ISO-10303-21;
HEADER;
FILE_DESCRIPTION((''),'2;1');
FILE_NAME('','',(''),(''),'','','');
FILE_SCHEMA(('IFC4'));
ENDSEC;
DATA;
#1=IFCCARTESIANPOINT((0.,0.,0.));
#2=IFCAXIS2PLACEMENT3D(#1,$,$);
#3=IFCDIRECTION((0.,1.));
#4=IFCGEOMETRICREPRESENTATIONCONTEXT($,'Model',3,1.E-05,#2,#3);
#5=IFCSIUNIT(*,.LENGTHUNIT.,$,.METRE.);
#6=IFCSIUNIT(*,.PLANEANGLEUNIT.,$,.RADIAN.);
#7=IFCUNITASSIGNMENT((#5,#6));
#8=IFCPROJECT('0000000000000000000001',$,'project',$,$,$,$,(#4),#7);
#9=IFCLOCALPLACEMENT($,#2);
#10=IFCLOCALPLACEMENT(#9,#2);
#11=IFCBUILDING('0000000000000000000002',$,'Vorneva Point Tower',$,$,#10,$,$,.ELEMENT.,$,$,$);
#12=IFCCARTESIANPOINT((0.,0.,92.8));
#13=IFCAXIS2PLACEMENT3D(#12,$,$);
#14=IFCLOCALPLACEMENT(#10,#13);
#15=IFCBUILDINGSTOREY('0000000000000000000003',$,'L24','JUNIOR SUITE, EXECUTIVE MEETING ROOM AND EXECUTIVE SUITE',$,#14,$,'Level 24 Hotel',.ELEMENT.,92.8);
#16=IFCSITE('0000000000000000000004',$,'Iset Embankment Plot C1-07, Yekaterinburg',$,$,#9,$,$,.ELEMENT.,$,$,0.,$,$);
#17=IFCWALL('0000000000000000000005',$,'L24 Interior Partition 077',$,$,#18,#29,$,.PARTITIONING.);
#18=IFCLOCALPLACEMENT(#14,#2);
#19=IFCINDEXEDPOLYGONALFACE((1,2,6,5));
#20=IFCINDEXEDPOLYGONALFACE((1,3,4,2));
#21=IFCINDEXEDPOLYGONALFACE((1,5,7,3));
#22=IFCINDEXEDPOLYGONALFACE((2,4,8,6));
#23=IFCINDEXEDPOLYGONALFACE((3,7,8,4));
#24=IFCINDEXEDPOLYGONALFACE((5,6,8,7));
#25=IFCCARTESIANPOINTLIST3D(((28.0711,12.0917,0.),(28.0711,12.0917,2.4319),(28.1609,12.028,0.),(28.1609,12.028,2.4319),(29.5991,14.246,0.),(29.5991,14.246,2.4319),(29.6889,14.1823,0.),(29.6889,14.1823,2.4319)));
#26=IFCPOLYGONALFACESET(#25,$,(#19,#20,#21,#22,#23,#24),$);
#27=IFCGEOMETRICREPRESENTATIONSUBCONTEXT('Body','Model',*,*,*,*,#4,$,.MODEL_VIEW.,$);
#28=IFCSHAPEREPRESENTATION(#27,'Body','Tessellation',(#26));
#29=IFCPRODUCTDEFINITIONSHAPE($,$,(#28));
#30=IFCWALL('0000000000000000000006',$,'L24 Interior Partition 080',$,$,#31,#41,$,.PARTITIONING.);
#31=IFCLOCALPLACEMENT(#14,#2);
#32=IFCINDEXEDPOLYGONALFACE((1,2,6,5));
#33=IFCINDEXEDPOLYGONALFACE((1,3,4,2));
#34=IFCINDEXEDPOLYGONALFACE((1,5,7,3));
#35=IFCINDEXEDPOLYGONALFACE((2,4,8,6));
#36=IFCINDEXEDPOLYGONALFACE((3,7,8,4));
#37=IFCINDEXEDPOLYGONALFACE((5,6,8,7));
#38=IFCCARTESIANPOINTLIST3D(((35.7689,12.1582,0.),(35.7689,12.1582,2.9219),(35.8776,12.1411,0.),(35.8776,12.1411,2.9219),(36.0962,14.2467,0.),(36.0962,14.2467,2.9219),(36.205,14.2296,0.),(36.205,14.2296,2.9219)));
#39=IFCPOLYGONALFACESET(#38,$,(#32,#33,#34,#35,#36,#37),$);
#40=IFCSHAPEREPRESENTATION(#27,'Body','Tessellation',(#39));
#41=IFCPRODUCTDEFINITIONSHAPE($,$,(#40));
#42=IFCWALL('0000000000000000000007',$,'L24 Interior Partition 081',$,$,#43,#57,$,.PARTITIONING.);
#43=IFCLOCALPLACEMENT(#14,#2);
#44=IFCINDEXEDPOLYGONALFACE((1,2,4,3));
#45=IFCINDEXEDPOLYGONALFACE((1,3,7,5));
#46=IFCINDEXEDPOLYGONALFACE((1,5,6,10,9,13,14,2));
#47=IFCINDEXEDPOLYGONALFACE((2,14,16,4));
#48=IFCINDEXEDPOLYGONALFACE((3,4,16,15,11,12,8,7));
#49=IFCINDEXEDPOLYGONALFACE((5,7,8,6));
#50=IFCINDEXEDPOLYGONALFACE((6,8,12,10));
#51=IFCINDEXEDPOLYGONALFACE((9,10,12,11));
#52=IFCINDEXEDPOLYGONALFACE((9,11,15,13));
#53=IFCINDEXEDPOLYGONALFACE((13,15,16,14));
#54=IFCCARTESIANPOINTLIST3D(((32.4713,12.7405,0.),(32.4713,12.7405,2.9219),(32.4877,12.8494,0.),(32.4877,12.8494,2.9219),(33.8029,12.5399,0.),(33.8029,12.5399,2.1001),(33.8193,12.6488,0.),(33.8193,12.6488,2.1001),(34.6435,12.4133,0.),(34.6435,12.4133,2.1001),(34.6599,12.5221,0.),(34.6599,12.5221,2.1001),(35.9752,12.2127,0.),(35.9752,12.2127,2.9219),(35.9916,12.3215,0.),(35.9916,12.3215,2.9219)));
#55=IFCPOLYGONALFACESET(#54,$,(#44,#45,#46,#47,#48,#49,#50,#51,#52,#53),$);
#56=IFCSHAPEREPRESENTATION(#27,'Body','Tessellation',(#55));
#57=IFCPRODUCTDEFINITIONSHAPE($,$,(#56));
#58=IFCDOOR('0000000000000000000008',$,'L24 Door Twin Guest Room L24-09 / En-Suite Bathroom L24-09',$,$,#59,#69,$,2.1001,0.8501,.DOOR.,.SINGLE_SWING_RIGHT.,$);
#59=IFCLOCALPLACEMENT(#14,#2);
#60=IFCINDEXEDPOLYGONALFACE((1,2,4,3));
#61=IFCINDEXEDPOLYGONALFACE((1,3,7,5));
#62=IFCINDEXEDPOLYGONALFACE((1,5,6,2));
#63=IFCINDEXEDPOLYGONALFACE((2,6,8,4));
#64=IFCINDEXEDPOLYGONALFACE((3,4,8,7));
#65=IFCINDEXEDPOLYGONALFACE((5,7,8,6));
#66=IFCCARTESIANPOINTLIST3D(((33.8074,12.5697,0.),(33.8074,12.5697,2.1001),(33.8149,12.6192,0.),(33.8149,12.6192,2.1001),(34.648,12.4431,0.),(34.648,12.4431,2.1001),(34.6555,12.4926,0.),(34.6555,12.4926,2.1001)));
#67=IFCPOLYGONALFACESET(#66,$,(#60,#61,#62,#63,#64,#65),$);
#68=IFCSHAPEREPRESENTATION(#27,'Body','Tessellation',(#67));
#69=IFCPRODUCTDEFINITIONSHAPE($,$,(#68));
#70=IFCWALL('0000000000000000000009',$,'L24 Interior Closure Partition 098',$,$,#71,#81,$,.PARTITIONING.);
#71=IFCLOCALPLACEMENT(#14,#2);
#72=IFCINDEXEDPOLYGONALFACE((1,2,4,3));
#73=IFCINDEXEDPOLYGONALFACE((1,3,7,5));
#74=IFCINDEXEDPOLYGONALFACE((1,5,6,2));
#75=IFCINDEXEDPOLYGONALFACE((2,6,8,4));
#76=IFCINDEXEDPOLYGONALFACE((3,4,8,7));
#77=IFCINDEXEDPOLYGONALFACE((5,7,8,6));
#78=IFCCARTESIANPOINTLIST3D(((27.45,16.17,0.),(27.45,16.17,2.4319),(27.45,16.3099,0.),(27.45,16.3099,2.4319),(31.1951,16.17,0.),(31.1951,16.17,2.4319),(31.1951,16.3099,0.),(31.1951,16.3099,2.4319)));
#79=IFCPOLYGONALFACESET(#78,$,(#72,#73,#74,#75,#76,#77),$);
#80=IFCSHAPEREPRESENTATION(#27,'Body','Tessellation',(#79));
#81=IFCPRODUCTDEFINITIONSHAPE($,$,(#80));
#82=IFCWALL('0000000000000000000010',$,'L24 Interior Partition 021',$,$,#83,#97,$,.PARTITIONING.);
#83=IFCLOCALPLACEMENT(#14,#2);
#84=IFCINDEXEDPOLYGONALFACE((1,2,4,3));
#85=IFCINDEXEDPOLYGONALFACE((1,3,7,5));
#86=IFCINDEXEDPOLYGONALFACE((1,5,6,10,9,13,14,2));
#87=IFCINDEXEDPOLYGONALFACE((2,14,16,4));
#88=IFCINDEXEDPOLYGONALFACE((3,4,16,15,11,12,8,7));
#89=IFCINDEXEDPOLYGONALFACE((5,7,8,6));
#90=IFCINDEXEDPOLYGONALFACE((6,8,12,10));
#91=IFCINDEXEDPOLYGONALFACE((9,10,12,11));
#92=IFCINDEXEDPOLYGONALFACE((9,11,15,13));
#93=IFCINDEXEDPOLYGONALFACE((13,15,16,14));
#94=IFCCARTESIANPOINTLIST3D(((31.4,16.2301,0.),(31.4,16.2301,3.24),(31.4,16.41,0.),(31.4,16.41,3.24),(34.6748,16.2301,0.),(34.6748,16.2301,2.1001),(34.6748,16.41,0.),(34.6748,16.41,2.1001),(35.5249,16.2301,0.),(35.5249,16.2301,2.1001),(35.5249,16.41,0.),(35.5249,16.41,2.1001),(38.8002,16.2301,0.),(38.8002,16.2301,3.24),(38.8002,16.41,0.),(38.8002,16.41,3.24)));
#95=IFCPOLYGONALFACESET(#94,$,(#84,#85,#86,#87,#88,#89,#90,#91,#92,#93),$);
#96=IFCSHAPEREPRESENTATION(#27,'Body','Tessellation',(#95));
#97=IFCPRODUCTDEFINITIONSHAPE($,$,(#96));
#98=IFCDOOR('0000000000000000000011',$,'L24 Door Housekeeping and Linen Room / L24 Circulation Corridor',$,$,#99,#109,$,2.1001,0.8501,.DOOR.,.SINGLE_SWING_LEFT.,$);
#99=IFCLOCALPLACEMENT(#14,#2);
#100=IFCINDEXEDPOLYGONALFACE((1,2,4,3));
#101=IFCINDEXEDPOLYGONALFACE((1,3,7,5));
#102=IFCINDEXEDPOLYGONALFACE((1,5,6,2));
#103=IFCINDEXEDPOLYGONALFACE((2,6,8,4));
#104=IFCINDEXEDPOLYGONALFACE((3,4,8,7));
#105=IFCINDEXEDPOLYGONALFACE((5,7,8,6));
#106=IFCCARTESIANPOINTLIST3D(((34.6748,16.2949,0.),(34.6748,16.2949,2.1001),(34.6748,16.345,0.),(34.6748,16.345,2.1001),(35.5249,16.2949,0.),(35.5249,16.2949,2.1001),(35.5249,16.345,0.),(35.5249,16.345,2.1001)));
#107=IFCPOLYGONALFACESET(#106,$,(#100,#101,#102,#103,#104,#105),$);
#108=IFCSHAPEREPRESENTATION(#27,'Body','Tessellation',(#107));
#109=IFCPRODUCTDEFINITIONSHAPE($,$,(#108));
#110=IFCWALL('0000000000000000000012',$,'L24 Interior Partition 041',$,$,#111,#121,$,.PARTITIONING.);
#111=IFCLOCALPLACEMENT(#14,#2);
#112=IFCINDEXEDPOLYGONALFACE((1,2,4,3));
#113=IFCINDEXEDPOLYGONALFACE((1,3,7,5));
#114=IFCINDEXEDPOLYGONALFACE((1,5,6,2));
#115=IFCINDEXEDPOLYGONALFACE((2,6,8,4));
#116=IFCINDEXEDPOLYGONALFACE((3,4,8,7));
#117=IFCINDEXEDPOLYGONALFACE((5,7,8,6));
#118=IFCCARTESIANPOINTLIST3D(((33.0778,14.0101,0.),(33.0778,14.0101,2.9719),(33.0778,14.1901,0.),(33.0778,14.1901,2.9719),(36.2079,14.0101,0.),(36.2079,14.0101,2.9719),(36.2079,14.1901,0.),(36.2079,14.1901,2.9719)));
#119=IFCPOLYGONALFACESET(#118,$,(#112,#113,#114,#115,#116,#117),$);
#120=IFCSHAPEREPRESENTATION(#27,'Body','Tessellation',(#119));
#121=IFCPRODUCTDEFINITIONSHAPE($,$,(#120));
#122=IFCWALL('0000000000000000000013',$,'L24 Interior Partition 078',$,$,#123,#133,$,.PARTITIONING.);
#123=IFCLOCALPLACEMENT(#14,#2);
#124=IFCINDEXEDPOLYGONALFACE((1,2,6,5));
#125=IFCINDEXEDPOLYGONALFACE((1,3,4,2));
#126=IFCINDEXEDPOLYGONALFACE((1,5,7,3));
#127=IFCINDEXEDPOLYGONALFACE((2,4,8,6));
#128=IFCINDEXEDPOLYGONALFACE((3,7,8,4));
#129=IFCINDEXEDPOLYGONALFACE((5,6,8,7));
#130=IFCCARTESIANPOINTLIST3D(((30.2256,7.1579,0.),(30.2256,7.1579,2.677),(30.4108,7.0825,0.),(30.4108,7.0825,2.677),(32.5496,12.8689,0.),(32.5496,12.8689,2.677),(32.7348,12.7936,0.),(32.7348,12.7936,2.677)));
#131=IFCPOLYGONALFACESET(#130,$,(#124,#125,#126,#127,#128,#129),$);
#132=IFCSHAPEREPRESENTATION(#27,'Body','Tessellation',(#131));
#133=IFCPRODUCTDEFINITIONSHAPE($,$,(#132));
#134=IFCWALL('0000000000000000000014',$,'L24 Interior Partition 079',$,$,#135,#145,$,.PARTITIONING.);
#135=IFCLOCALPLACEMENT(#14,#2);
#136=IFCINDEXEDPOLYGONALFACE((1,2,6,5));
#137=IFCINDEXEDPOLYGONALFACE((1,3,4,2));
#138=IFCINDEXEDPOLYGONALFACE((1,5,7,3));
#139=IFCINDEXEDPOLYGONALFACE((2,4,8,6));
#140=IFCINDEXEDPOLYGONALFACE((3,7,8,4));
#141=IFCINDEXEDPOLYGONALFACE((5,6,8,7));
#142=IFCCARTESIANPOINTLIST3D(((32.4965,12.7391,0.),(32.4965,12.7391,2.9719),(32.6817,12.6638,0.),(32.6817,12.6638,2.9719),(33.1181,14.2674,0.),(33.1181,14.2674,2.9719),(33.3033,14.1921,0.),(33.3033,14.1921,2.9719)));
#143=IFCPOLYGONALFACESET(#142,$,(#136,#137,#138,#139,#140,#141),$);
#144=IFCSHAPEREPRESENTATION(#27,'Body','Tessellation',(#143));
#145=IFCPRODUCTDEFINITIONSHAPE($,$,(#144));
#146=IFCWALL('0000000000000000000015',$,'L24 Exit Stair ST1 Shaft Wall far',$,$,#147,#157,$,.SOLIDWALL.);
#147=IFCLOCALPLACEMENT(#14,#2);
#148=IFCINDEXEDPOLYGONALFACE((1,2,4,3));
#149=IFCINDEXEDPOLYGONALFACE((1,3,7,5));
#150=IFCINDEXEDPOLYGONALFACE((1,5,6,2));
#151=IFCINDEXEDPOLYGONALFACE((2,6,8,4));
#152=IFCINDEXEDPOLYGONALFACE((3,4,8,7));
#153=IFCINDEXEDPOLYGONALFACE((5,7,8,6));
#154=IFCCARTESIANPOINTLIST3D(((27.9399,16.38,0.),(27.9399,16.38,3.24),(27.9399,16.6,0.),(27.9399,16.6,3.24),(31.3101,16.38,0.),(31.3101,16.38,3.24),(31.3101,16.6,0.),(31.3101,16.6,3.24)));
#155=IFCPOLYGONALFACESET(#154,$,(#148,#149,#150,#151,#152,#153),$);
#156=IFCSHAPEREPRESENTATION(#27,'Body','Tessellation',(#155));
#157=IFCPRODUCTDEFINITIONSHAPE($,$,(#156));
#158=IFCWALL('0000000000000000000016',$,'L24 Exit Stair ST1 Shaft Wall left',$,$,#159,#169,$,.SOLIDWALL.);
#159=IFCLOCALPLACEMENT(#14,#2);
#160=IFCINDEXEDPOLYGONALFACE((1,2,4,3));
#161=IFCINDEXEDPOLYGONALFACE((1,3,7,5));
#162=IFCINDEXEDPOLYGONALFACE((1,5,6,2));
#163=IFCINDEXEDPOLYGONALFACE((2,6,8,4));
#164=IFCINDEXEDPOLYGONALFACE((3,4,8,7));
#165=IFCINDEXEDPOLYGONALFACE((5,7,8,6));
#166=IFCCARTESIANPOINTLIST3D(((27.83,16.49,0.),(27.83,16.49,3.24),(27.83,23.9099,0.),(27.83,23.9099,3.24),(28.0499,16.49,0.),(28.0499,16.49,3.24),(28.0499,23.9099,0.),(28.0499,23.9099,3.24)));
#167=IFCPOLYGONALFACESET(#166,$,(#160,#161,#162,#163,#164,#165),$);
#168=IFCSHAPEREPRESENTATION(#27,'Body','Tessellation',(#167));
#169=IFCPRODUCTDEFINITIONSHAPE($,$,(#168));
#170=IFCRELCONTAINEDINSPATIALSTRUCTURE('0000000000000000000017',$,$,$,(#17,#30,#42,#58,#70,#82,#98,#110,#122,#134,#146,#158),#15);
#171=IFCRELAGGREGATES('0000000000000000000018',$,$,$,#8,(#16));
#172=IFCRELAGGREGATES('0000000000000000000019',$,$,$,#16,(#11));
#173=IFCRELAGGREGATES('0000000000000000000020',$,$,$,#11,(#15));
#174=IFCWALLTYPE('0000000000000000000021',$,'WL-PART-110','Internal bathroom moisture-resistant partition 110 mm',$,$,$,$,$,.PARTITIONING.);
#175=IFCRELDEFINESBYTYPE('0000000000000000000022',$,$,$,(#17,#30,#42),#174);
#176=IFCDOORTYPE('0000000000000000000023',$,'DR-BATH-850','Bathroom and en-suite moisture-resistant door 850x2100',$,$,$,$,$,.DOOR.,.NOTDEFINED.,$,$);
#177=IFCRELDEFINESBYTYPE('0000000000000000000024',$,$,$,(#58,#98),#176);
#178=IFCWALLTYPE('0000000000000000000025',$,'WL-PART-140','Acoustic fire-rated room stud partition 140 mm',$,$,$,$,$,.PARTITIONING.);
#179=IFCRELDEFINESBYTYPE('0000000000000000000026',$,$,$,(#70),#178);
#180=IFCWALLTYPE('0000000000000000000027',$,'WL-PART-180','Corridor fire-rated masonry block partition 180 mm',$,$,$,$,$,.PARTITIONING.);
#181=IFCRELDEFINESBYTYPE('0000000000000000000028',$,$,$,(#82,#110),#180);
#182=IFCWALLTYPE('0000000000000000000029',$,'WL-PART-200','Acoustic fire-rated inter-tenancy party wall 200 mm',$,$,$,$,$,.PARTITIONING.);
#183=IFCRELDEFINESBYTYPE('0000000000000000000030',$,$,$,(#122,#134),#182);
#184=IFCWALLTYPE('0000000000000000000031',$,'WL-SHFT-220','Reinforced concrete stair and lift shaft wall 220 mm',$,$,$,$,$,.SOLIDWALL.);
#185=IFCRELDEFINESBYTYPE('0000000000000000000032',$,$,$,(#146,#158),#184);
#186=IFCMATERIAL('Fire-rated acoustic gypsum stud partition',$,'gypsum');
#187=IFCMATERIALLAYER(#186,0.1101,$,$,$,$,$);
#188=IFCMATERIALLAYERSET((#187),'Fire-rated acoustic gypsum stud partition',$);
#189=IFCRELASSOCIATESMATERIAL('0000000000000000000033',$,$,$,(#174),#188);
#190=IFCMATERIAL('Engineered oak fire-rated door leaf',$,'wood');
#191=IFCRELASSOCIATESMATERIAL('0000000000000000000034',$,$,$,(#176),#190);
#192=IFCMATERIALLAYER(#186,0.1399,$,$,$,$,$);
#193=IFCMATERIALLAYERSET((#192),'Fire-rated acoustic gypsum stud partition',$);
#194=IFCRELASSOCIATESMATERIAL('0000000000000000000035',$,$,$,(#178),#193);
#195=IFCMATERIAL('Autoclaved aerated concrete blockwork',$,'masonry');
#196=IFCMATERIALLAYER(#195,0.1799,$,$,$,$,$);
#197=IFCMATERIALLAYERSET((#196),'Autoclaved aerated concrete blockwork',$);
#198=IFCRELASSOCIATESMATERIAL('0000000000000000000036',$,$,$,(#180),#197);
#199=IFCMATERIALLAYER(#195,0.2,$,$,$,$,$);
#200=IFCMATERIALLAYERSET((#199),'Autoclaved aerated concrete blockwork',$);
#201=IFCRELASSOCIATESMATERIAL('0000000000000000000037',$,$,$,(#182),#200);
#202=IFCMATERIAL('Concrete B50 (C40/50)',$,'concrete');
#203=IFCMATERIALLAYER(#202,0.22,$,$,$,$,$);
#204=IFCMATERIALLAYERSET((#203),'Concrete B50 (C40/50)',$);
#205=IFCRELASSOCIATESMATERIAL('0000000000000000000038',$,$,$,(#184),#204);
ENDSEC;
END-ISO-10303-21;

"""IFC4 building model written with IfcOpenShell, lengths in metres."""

from ifc_helpers import new_model, si_unit, direction, frame, frame_2d, origin, place, context, subcontext, project, spatial, rectangle, extrude, material, layer, layer_set, type_object, element, fill, save


model = new_model("IFC4")

# Units and contexts
model_context = context("Model", 3, precision=1e-05, world=origin(), true_north=direction((0.0, 1.0)))
body_context = subcontext(model_context, "Body", "Model", "MODEL_VIEW")
ifc_project = project(units=[si_unit("LENGTHUNIT", "METRE"), si_unit("PLANEANGLEUNIT", "RADIAN")], contexts=[model_context])

# Site, building, storey
site_placement = place(None, origin())
site = spatial("IfcSite", under=ifc_project, at=site_placement, Name="Iset Embankment Plot C1-07, Yekaterinburg", CompositionType="ELEMENT", RefElevation=0.0)
building_placement = place(site_placement, origin())
building = spatial("IfcBuilding", under=site, at=building_placement, Name="Vorneva Point Tower", CompositionType="ELEMENT")
storey_placement = place(building_placement, frame((0.0, 0.0, 92.8)))
storey = spatial("IfcBuildingStorey", under=building, at=storey_placement, Name="L24", Description="JUNIOR SUITE, EXECUTIVE MEETING ROOM AND EXECUTIVE SUITE", LongName="Level 24 Hotel", CompositionType="ELEMENT", Elevation=92.8)

# Walls
ifc_material_1 = material(Name="Fire-rated acoustic gypsum stud partition", Category="gypsum")
ifc_layer_1 = layer(ifc_material_1, 0.1101)
ifc_layer_set_1 = layer_set([ifc_layer_1], Name="Fire-rated acoustic gypsum stud partition")
wall_type_1 = type_object("IfcWallType", Name="WL-PART-110", Description="Internal bathroom moisture-resistant partition 110 mm", PredefinedType="PARTITIONING", material=ifc_layer_set_1)
wall_1_placement = place(storey_placement, frame((29.644, 14.2141, 0.0), z_axis=(0.0, 0.0, 1.0), x_axis=(-0.578551, -0.815646, 0.0)))
element("IfcWall", 1, at=wall_1_placement, inside=storey, type_object=wall_type_1, Name="L24 Interior Partition 077", PredefinedType="PARTITIONING", context=body_context, shape_type="SweptSolid", body=[
    extrude(rectangle(XDim=2.6411, YDim=0.1101, at=frame_2d((1.3206, 0.0))), origin(), (0.0, 0.0, 1.0), 2.4319),
])
wall_2_placement = place(storey_placement, frame((36.1506, 14.2383, 0.0), z_axis=(0.0, 0.0, 1.0), x_axis=(-0.154859, -0.987937, 0.0)))
element("IfcWall", 2, at=wall_2_placement, inside=storey, type_object=wall_type_1, Name="L24 Interior Partition 080", PredefinedType="PARTITIONING", context=body_context, shape_type="SweptSolid", body=[
    extrude(rectangle(XDim=2.114, YDim=0.1101, at=frame_2d((1.0571, 0.0))), origin(), (0.0, 0.0, 1.0), 2.9219),
])

# Wall, opening, door
wall_3_placement = place(storey_placement, frame((35.9834, 12.2671, 0.0), z_axis=(0.0, 0.0, 1.0), x_axis=(-0.988843, 0.14896, 0.0)))
wall_3 = element("IfcWall", 3, at=wall_3_placement, inside=storey, type_object=wall_type_1, Name="L24 Interior Partition 081", PredefinedType="PARTITIONING", context=body_context, shape_type="SweptSolid", body=[
    extrude(rectangle(XDim=3.5435, YDim=0.1101, at=frame_2d((1.7717, 0.0))), origin(), (0.0, 0.0, 1.0), 2.9219),
])
opening_1_placement = place(wall_3_placement, frame((1.3467, 0.0, 0.0)))
opening_1 = element("IfcOpeningElement", 4, at=opening_1_placement, cuts=wall_3, PredefinedType="OPENING", context=body_context, shape_type="SweptSolid", body=[
    extrude(rectangle(XDim=0.8501, YDim=2.1001, at=frame_2d((0.425, 1.05))), frame((0.0, 0.0698, 0.0), z_axis=(0.0, -1.0, 0.0), x_axis=(1.0, 0.0, 0.0)), (0.0, 0.0, 1.0), 0.1399),
])
ifc_material_2 = material(Name="Engineered oak fire-rated door leaf", Category="wood")
door_type_1 = type_object("IfcDoorType", Name="DR-BATH-850", Description="Bathroom and en-suite moisture-resistant door 850x2100", OperationType="NOTDEFINED", PredefinedType="DOOR", material=ifc_material_2)
door_1_placement = place(opening_1_placement, origin())
door_1 = element("IfcDoor", 5, at=door_1_placement, inside=storey, type_object=door_type_1, Name="L24 Door Twin Guest Room L24-09 / En-Suite Bathroom L24-09", OperationType="SINGLE_SWING_RIGHT", OverallHeight=2.1001, OverallWidth=0.8501, PredefinedType="DOOR", context=body_context, shape_type="SweptSolid", body=[
    extrude(rectangle(XDim=0.8501, YDim=2.1001, at=frame_2d((0.425, 1.05))), frame((0.0, 0.0249, 0.0), z_axis=(0.0, -1.0, 0.0), x_axis=(1.0, 0.0, 0.0)), (0.0, 0.0, 1.0), 0.05),
])
fill(opening_1, door_1)

# Wall
ifc_layer_2 = layer(ifc_material_1, 0.1399)
ifc_layer_set_2 = layer_set([ifc_layer_2], Name="Fire-rated acoustic gypsum stud partition")
wall_type_2 = type_object("IfcWallType", Name="WL-PART-140", Description="Acoustic fire-rated room stud partition 140 mm", PredefinedType="PARTITIONING", material=ifc_layer_set_2)
wall_4_placement = place(storey_placement, frame((31.1951, 16.24, 0.0), z_axis=(0.0, 0.0, 1.0), x_axis=(-1.0, 0.0, 0.0)))
element("IfcWall", 6, at=wall_4_placement, inside=storey, type_object=wall_type_2, Name="L24 Interior Closure Partition 098", PredefinedType="PARTITIONING", context=body_context, shape_type="SweptSolid", body=[
    extrude(rectangle(XDim=3.7451, YDim=0.1399, at=frame_2d((1.8726, 0.0))), origin(), (0.0, 0.0, 1.0), 2.4319),
])

# Wall, opening, door
ifc_material_3 = material(Name="Autoclaved aerated concrete blockwork", Category="masonry")
ifc_layer_3 = layer(ifc_material_3, 0.1799)
ifc_layer_set_3 = layer_set([ifc_layer_3], Name="Autoclaved aerated concrete blockwork")
wall_type_3 = type_object("IfcWallType", Name="WL-PART-180", Description="Corridor fire-rated masonry block partition 180 mm", PredefinedType="PARTITIONING", material=ifc_layer_set_3)
wall_5_placement = place(storey_placement, frame((31.3999, 16.3201, 0.0), z_axis=(0.0, 0.0, 1.0), x_axis=(1.0, 0.0, 0.0)))
wall_5 = element("IfcWall", 7, at=wall_5_placement, inside=storey, type_object=wall_type_3, Name="L24 Interior Partition 021", PredefinedType="PARTITIONING", context=body_context, shape_type="SweptSolid", body=[
    extrude(rectangle(XDim=7.4001, YDim=0.1799, at=frame_2d((3.7002, 0.0))), origin(), (0.0, 0.0, 1.0), 3.24),
])
opening_2_placement = place(wall_5_placement, frame((3.2749, 0.0, 0.0)))
opening_2 = element("IfcOpeningElement", 8, at=opening_2_placement, cuts=wall_5, PredefinedType="OPENING", context=body_context, shape_type="SweptSolid", body=[
    extrude(rectangle(XDim=0.8501, YDim=2.1001, at=frame_2d((0.425, 1.05))), frame((0.0, 0.105, 0.0), z_axis=(0.0, -1.0, 0.0), x_axis=(1.0, 0.0, 0.0)), (0.0, 0.0, 1.0), 0.2097),
])
door_2_placement = place(opening_2_placement, origin())
door_2 = element("IfcDoor", 9, at=door_2_placement, inside=storey, type_object=door_type_1, Name="L24 Door Housekeeping and Linen Room / L24 Circulation Corridor", OperationType="SINGLE_SWING_LEFT", OverallHeight=2.1001, OverallWidth=0.8501, PredefinedType="DOOR", context=body_context, shape_type="SweptSolid", body=[
    extrude(rectangle(XDim=0.8501, YDim=2.1001, at=frame_2d((0.425, 1.05))), frame((0.0, 0.0249, 0.0), z_axis=(0.0, -1.0, 0.0), x_axis=(1.0, 0.0, 0.0)), (0.0, 0.0, 1.0), 0.05),
])
fill(opening_2, door_2)

# Walls
wall_6_placement = place(storey_placement, frame((33.0779, 14.1001, 0.0), z_axis=(0.0, 0.0, 1.0), x_axis=(1.0, 0.0, 0.0)))
element("IfcWall", 10, at=wall_6_placement, inside=storey, type_object=wall_type_3, Name="L24 Interior Partition 041", PredefinedType="PARTITIONING", context=body_context, shape_type="SweptSolid", body=[
    extrude(rectangle(XDim=3.1301, YDim=0.1799, at=frame_2d((1.5649, 0.0))), origin(), (0.0, 0.0, 1.0), 2.9719),
])
ifc_layer_4 = layer(ifc_material_3, 0.2)
ifc_layer_set_4 = layer_set([ifc_layer_4], Name="Autoclaved aerated concrete blockwork")
wall_type_4 = type_object("IfcWallType", Name="WL-PART-200", Description="Acoustic fire-rated inter-tenancy party wall 200 mm", PredefinedType="PARTITIONING", material=ifc_layer_set_4)
wall_7_placement = place(storey_placement, frame((30.3181, 7.1201, 0.0), z_axis=(0.0, 0.0, 1.0), x_axis=(0.376921, 0.926245, 0.0)))
element("IfcWall", 11, at=wall_7_placement, inside=storey, type_object=wall_type_4, Name="L24 Interior Partition 078", PredefinedType="PARTITIONING", context=body_context, shape_type="SweptSolid", body=[
    extrude(rectangle(XDim=6.1658, YDim=0.2, at=frame_2d((3.083, 0.0))), origin(), (0.0, 0.0, 1.0), 2.677),
])
wall_8_placement = place(storey_placement, frame((32.5891, 12.7014, 0.0), z_axis=(0.0, 0.0, 1.0), x_axis=(0.376742, 0.926318, 0.0)))
element("IfcWall", 12, at=wall_8_placement, inside=storey, type_object=wall_type_4, Name="L24 Interior Partition 079", PredefinedType="PARTITIONING", context=body_context, shape_type="SweptSolid", body=[
    extrude(rectangle(XDim=1.6499, YDim=0.2, at=frame_2d((0.825, 0.0))), origin(), (0.0, 0.0, 1.0), 2.9719),
])
ifc_material_4 = material(Name="Concrete B50 (C40/50)", Category="concrete")
ifc_layer_5 = layer(ifc_material_4, 0.22)
ifc_layer_set_5 = layer_set([ifc_layer_5], Name="Concrete B50 (C40/50)")
wall_type_5 = type_object("IfcWallType", Name="WL-SHFT-220", Description="Reinforced concrete stair and lift shaft wall 220 mm", PredefinedType="SOLIDWALL", material=ifc_layer_set_5)
wall_9_placement = place(storey_placement, frame((31.3101, 16.49, 0.0), z_axis=(0.0, 0.0, 1.0), x_axis=(-1.0, 0.0, 0.0)))
element("IfcWall", 13, at=wall_9_placement, inside=storey, type_object=wall_type_5, Name="L24 Exit Stair ST1 Shaft Wall far", PredefinedType="SOLIDWALL", context=body_context, shape_type="SweptSolid", body=[
    extrude(rectangle(XDim=3.3701, YDim=0.22, at=frame_2d((1.6851, 0.0))), origin(), (0.0, 0.0, 1.0), 3.24),
])
wall_10_placement = place(storey_placement, frame((27.9399, 16.49, 0.0), z_axis=(0.0, 0.0, 1.0), x_axis=(0.0, 1.0, 0.0)))
element("IfcWall", 14, at=wall_10_placement, inside=storey, type_object=wall_type_5, Name="L24 Exit Stair ST1 Shaft Wall left", PredefinedType="SOLIDWALL", context=body_context, shape_type="SweptSolid", body=[
    extrude(rectangle(XDim=7.4199, YDim=0.22, at=frame_2d((3.71, 0.0))), origin(), (0.0, 0.0, 1.0), 3.24),
])

save(model, "model.ifc")
